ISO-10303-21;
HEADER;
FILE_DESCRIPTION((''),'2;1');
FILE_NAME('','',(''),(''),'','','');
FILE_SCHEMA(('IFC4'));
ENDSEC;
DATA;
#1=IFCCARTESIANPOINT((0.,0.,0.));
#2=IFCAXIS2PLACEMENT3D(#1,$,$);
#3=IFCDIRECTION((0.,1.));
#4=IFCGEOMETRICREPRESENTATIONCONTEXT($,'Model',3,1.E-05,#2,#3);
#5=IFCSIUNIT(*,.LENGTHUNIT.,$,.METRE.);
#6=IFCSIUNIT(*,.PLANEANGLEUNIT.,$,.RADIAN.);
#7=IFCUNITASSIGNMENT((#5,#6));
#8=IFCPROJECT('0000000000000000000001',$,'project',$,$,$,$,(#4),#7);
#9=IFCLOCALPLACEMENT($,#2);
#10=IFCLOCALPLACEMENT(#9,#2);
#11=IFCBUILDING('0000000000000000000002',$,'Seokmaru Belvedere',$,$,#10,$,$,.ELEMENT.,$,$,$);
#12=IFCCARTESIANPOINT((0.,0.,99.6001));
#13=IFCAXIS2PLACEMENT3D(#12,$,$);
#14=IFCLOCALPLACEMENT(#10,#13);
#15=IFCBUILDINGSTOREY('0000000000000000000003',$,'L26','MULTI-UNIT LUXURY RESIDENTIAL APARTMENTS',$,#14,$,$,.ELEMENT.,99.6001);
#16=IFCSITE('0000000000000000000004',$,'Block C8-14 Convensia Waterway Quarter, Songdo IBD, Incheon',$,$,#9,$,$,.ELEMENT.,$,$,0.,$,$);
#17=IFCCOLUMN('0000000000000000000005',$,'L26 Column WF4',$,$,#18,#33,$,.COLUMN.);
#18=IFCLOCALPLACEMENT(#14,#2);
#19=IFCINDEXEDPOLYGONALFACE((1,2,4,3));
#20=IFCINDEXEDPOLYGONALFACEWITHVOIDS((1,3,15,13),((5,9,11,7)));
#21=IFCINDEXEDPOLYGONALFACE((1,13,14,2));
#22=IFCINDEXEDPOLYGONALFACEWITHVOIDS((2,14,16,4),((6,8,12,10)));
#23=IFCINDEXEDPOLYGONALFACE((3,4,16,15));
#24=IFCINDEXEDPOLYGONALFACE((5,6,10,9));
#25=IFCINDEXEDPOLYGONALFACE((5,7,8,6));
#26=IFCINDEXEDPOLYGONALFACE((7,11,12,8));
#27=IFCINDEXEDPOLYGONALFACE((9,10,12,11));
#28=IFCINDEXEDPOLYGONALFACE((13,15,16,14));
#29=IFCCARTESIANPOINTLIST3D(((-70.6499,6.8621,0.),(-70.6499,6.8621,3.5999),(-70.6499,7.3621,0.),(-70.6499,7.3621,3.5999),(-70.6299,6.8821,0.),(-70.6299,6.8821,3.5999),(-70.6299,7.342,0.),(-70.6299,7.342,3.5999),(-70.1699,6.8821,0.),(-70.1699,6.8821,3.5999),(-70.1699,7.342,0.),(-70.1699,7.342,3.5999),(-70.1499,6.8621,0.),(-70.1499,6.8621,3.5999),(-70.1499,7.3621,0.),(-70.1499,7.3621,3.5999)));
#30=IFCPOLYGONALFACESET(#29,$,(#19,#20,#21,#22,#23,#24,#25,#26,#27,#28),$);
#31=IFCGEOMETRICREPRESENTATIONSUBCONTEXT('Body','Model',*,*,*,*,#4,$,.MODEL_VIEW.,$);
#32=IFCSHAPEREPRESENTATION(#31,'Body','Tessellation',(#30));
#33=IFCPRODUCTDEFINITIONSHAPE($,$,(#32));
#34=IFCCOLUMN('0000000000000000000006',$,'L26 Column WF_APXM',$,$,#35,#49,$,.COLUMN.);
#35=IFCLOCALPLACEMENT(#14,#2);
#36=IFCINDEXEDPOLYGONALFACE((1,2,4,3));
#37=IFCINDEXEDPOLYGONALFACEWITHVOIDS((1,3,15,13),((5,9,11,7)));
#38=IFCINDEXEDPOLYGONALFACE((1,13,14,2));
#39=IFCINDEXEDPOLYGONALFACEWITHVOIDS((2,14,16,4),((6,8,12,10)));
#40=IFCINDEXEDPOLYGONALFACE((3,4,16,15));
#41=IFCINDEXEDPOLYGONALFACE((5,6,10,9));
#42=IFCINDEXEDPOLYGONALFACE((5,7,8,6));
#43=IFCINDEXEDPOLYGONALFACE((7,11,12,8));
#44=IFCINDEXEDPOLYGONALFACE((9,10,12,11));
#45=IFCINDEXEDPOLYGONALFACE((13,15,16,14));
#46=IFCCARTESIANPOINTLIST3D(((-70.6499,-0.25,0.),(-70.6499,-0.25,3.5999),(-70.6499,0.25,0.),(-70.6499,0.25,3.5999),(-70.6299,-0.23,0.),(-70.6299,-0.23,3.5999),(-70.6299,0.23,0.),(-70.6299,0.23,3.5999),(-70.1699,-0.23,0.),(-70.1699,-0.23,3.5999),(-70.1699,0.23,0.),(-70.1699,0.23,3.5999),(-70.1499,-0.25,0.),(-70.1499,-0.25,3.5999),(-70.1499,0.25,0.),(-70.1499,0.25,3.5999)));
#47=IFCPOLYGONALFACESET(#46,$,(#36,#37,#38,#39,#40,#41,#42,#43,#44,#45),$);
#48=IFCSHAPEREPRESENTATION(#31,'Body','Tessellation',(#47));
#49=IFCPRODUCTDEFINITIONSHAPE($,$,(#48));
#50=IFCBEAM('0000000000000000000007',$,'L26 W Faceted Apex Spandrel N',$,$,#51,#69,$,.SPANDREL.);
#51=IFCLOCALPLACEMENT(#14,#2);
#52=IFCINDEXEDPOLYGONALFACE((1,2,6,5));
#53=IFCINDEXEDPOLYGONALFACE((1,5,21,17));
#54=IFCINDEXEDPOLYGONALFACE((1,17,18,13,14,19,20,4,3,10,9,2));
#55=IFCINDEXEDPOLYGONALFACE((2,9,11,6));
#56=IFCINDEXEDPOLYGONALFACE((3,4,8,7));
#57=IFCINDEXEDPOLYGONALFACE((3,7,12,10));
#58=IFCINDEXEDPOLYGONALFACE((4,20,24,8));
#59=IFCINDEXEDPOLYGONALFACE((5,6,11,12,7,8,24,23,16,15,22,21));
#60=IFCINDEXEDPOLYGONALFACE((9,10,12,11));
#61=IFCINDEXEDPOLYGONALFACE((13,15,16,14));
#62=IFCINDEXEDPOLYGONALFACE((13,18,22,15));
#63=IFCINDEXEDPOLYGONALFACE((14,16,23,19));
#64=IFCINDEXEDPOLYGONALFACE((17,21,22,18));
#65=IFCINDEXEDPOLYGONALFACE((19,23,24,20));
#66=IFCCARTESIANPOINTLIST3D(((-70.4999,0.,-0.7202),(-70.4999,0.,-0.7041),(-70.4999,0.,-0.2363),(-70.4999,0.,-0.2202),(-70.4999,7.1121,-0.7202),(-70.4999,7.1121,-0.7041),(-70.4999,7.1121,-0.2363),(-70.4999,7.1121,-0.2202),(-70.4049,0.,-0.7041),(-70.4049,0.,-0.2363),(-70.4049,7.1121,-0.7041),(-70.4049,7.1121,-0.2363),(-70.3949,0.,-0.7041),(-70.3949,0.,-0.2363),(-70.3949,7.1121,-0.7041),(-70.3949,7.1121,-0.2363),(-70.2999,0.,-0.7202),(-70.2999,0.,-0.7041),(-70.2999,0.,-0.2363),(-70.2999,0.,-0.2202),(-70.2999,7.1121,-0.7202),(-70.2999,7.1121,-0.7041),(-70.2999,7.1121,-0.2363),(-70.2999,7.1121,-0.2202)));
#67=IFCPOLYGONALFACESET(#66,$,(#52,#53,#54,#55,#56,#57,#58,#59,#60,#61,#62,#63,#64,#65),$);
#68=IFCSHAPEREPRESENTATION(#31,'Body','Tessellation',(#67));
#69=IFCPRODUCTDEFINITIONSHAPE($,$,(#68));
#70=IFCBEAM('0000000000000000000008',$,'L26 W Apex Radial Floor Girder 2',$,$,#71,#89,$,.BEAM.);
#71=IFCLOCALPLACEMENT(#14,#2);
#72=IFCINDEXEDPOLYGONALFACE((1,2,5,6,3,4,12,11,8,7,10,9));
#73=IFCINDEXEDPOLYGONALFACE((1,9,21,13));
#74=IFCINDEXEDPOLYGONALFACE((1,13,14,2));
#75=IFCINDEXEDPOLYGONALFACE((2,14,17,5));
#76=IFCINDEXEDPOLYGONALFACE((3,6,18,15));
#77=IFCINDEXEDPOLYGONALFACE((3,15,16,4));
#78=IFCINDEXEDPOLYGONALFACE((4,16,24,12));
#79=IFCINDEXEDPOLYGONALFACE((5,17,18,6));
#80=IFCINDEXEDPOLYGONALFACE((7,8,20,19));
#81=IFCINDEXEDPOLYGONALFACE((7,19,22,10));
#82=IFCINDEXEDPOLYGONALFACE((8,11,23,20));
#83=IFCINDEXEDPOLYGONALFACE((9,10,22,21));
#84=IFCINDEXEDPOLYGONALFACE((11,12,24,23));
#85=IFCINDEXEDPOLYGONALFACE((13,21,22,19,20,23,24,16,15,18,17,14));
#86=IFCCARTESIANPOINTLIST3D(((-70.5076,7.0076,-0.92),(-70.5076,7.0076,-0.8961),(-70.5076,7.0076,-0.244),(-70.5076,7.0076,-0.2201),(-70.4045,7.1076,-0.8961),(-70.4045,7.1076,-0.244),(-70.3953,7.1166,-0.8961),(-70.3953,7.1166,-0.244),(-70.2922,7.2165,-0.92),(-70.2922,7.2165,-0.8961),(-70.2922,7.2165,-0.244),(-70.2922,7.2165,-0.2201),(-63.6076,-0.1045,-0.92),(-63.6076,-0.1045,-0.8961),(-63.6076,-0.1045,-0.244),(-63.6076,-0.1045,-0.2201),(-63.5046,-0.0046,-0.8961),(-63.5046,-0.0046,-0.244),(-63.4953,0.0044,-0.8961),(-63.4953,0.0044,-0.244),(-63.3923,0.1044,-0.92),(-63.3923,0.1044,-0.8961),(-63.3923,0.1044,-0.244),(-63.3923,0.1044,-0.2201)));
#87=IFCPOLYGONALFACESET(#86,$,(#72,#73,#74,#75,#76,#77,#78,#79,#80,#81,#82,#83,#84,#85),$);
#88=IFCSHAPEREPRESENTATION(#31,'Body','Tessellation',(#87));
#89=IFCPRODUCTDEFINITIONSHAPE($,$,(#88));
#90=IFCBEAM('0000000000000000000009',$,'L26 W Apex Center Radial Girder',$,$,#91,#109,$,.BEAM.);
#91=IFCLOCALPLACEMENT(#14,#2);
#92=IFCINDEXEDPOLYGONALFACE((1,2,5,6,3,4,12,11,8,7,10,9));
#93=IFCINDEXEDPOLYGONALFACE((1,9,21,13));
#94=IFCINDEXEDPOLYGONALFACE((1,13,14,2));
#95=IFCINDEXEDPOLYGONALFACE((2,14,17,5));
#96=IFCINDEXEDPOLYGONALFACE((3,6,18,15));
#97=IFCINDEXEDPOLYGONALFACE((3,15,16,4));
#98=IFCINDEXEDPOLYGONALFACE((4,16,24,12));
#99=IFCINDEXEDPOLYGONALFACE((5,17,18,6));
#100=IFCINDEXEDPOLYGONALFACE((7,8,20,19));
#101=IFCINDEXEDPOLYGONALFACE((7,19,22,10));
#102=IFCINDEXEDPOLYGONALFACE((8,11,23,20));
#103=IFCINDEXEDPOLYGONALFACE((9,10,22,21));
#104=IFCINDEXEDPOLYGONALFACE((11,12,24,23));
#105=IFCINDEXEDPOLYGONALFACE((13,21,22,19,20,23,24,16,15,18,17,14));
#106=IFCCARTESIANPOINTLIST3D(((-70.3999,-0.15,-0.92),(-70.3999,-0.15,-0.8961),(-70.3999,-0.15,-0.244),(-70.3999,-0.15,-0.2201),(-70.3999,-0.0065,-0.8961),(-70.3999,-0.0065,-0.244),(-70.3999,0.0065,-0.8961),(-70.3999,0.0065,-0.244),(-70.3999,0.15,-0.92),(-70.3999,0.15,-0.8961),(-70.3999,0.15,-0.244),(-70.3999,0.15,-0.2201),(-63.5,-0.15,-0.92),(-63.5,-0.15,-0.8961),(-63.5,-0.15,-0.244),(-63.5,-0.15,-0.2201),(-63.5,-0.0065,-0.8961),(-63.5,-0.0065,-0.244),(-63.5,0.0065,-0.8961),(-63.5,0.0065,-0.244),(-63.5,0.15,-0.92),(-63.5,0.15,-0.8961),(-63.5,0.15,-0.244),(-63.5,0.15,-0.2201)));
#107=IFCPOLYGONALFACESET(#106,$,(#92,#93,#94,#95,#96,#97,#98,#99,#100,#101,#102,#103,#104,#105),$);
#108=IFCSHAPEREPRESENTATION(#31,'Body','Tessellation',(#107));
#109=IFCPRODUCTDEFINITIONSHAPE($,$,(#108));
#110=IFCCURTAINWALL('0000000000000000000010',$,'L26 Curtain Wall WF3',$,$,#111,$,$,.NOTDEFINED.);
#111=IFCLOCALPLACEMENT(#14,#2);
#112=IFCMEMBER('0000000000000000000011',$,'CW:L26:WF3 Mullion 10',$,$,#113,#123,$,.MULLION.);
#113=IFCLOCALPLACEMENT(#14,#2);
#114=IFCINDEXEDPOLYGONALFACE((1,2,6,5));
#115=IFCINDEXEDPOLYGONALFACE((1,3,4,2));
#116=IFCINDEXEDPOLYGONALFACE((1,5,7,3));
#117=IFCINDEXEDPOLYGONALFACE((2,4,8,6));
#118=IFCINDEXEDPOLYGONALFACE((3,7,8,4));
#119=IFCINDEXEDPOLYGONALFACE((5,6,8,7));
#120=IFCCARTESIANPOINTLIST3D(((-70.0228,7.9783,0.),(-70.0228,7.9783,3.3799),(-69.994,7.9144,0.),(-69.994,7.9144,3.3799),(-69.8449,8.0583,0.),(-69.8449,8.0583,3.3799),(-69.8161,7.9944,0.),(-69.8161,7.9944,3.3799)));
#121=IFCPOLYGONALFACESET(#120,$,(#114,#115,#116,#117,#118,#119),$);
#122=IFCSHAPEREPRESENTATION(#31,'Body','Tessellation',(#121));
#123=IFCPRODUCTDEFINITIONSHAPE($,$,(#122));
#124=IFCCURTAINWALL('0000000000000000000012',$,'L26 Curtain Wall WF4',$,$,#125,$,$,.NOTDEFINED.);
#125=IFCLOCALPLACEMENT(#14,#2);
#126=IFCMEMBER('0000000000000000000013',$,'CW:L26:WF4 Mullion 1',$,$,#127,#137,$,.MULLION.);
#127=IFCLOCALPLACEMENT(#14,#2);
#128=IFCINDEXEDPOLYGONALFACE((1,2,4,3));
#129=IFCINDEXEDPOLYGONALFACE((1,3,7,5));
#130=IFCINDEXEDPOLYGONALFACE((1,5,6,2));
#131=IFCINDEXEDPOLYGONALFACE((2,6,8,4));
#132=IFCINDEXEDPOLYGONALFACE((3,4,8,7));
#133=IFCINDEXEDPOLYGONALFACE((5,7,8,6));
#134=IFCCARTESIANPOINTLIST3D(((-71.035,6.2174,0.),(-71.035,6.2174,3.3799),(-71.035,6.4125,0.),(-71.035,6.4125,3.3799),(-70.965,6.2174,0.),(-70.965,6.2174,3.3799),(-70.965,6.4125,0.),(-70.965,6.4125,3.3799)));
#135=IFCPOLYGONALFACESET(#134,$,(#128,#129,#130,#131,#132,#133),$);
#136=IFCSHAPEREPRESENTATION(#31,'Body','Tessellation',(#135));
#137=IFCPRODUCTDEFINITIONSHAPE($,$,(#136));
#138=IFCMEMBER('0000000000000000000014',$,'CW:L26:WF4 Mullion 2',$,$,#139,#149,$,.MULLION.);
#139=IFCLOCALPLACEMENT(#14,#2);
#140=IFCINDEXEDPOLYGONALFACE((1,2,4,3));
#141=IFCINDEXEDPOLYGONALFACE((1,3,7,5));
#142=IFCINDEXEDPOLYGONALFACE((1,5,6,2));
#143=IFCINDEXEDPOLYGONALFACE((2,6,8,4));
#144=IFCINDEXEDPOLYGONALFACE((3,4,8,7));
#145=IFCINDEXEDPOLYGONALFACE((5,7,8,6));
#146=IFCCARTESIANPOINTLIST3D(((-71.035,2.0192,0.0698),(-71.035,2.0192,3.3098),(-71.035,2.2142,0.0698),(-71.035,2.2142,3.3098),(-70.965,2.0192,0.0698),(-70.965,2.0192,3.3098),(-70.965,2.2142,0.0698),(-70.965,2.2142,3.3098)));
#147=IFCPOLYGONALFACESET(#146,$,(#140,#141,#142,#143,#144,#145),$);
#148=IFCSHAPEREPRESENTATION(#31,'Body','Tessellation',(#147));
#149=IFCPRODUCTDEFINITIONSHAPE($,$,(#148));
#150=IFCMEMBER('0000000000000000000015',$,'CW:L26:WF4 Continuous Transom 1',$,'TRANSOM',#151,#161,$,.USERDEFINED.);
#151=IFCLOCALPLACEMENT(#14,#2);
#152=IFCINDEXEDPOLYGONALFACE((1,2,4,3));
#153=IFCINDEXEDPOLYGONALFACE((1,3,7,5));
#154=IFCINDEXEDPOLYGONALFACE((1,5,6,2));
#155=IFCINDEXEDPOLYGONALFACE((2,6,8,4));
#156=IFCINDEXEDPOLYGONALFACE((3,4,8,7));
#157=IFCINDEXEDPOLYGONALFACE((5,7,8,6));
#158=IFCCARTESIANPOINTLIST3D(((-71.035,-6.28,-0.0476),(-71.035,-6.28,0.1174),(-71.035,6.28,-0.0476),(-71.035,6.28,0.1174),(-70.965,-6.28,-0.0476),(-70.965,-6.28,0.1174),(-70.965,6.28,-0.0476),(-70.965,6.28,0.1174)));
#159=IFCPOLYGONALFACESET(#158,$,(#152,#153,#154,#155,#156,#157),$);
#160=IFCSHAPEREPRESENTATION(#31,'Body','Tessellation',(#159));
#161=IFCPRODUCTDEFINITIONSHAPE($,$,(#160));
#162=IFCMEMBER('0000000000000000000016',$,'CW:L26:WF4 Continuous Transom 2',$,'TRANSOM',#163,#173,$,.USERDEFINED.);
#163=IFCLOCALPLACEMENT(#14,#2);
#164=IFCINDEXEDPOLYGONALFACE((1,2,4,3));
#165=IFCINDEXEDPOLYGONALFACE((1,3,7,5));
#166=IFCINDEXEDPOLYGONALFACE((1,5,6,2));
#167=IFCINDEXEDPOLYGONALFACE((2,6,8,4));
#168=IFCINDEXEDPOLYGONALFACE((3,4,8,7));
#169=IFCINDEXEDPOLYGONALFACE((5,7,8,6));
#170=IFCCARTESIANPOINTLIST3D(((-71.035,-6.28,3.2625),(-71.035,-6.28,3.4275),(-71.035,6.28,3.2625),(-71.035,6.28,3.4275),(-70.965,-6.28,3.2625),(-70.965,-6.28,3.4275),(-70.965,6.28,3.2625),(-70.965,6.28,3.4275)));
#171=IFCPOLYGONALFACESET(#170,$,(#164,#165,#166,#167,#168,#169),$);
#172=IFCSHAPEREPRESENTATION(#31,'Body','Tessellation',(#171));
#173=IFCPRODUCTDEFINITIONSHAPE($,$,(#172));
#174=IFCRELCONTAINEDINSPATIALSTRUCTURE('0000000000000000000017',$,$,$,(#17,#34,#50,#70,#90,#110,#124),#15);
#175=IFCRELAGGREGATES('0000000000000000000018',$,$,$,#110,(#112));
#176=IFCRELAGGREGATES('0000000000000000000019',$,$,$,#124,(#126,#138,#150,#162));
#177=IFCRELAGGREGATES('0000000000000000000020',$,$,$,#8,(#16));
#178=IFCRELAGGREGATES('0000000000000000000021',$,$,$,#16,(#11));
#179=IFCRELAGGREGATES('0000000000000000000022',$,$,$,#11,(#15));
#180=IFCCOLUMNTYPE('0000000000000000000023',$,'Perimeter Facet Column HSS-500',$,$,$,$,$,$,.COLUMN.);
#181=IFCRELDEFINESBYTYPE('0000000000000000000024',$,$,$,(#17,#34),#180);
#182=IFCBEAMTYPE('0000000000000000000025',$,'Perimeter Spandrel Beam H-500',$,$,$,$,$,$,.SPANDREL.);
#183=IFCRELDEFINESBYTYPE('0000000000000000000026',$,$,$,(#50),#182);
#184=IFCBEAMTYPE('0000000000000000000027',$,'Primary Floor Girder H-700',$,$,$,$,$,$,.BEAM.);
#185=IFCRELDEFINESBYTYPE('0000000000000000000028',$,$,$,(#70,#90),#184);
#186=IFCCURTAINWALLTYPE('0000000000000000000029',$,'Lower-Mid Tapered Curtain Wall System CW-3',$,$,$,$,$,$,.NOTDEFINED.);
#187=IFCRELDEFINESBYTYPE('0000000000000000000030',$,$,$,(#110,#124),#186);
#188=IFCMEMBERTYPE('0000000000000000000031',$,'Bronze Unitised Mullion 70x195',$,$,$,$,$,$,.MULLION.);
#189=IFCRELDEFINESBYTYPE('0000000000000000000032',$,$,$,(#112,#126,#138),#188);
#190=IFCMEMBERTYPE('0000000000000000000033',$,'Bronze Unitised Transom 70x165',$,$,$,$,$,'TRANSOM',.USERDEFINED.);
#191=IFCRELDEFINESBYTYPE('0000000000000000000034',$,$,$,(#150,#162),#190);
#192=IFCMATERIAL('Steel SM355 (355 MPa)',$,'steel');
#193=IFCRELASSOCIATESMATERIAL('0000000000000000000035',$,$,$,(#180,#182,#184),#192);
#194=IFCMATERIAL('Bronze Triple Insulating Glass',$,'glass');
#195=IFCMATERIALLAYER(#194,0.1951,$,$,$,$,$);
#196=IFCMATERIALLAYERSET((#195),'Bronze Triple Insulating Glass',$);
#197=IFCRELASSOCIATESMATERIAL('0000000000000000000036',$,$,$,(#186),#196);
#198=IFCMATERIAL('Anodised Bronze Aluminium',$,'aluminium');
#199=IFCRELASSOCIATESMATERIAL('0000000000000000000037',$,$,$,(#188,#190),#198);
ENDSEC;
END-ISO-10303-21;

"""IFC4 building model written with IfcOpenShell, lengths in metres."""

from ifc_helpers import new_model, si_unit, direction, frame, origin, origin_2d, place, context, subcontext, project, spatial, rectangle, hollow_rectangle, i_section, extrude, source, transform, mapped, material, layer, layer_set, material_profile, profile_set, type_object, type_shapes, element, aggregate, save


model = new_model("IFC4")

# Units and contexts
model_context = context("Model", 3, precision=1e-05, world=origin(), true_north=direction((0.0, 1.0)))
body_context = subcontext(model_context, "Body", "Model", "MODEL_VIEW")
ifc_project = project(units=[si_unit("LENGTHUNIT", "METRE"), si_unit("PLANEANGLEUNIT", "RADIAN")], contexts=[model_context])

# Site, building, storey
site_placement = place(None, origin())
site = spatial("IfcSite", under=ifc_project, at=site_placement, Name="Block C8-14 Convensia Waterway Quarter, Songdo IBD, Incheon", CompositionType="ELEMENT", RefElevation=0.0)
building_placement = place(site_placement, origin())
building = spatial("IfcBuilding", under=site, at=building_placement, Name="Seokmaru Belvedere", CompositionType="ELEMENT")
storey_placement = place(building_placement, frame((0.0, 0.0, 99.6001)))
storey = spatial("IfcBuildingStorey", under=building, at=storey_placement, Name="L26", Description="MULTI-UNIT LUXURY RESIDENTIAL APARTMENTS", CompositionType="ELEMENT", Elevation=99.6001)

# Columns
ifc_material_1 = material(Name="Steel SM355 (355 MPa)", Category="steel")
ifc_material_profile_1 = material_profile(ifc_material_1, hollow_rectangle(XDim=0.5, YDim=0.5, WallThickness=0.02, at=origin_2d()), Name="HSS-500x500x20")
ifc_profile_set_1 = profile_set([ifc_material_profile_1], Name="Steel SM355 (355 MPa)")
column_type = type_object("IfcColumnType", Name="Perimeter Facet Column HSS-500", PredefinedType="COLUMN", material=ifc_profile_set_1)
shared_shape_1 = source(origin(), body_context, "Body", "SweptSolid", [
    extrude(hollow_rectangle(XDim=0.5, YDim=0.5, WallThickness=0.02, at=origin_2d()), origin(), (0.0, 0.0, 1.0), 3.5999),
])
type_shapes(column_type, [shared_shape_1])
for number, where, z_axis, x_axis, name in (
    (1, (-70.3999, 7.1121, 0.0), (0.0, 0.0, 1.0), (1.0, 0.0, 0.0), "L26 Column WF4"),
    (2, (-70.3999, 0.0, 0.0), (0.0, 0.0, 1.0), (1.0, 0.0, 0.0), "L26 Column WF_APXM"),
):
    element("IfcColumn", number, at=place(storey_placement, frame(where, z_axis=z_axis, x_axis=x_axis)), inside=storey, type_object=column_type, Name=name, PredefinedType="COLUMN", context=body_context, shape_type="MappedRepresentation", body=[
        mapped(shared_shape_1, transform((0.0, 0.0, 0.0), scale=1.0)),
    ])

# Beams
ifc_material_profile_2 = material_profile(ifc_material_1, i_section(OverallWidth=0.2, OverallDepth=0.5, WebThickness=0.01, FlangeThickness=0.0161, at=origin_2d()), Name="H-500x200x10x16")
ifc_profile_set_2 = profile_set([ifc_material_profile_2], Name="Steel SM355 (355 MPa)")
beam_type_1 = type_object("IfcBeamType", Name="Perimeter Spandrel Beam H-500", PredefinedType="SPANDREL", material=ifc_profile_set_2)
shared_shape_2 = source(origin(), body_context, "Body", "SweptSolid", [
    extrude(i_section(OverallWidth=0.2, OverallDepth=0.5, WebThickness=0.01, FlangeThickness=0.0161, at=origin_2d()), origin(), (0.0, 0.0, 1.0), 7.1121),
])
type_shapes(beam_type_1, [shared_shape_2])
beam_1_placement = place(storey_placement, frame((-70.3999, 0.0, -0.4702), z_axis=(0.0, 1.0, 0.0), x_axis=(-1.0, 0.0, 0.0)))
element("IfcBeam", 3, at=beam_1_placement, inside=storey, type_object=beam_type_1, Name="L26 W Faceted Apex Spandrel N", PredefinedType="SPANDREL", context=body_context, shape_type="MappedRepresentation", body=[
    mapped(shared_shape_2, transform((0.0, 0.0, 0.0), scale=1.0)),
])
ifc_material_profile_3 = material_profile(ifc_material_1, i_section(OverallWidth=0.3, OverallDepth=0.7, WebThickness=0.0129, FlangeThickness=0.0239, at=origin_2d()), Name="H-700x300x13x24")
ifc_profile_set_3 = profile_set([ifc_material_profile_3], Name="Steel SM355 (355 MPa)")
beam_type_2 = type_object("IfcBeamType", Name="Primary Floor Girder H-700", PredefinedType="BEAM", material=ifc_profile_set_3)
shared_shape_3 = source(origin(), body_context, "Body", "SweptSolid", [
    extrude(i_section(OverallWidth=0.3, OverallDepth=0.7, WebThickness=0.0129, FlangeThickness=0.0239, at=origin_2d()), origin(), (0.0, 0.0, 1.0), 9.9092),
])
beam_2_placement = place(storey_placement, frame((-70.3999, 7.1121, -0.5701), z_axis=(0.696321, -0.717731, 0.0), x_axis=(0.717731, 0.696321, 0.0)))
element("IfcBeam", 4, at=beam_2_placement, inside=storey, type_object=beam_type_2, Name="L26 W Apex Radial Floor Girder 2", PredefinedType="BEAM", context=body_context, shape_type="MappedRepresentation", body=[
    mapped(shared_shape_3, transform((0.0, 0.0, 0.0), scale=1.0)),
])
shared_shape_4 = source(origin(), body_context, "Body", "SweptSolid", [
    extrude(i_section(OverallWidth=0.3, OverallDepth=0.7, WebThickness=0.0129, FlangeThickness=0.0239, at=origin_2d()), origin(), (0.0, 0.0, 1.0), 6.8999),
])
type_shapes(beam_type_2, [shared_shape_3, shared_shape_4])
beam_3_placement = place(storey_placement, frame((-70.3999, 0.0, -0.5701), z_axis=(1.0, 0.0, 0.0), x_axis=(0.0, 1.0, 0.0)))
element("IfcBeam", 5, at=beam_3_placement, inside=storey, type_object=beam_type_2, Name="L26 W Apex Center Radial Girder", PredefinedType="BEAM", context=body_context, shape_type="MappedRepresentation", body=[
    mapped(shared_shape_4, transform((0.0, 0.0, 0.0), scale=1.0)),
])

# Curtain wall, member
ifc_material_2 = material(Name="Bronze Triple Insulating Glass", Category="glass")
ifc_layer_1 = layer(ifc_material_2, 0.1951)
ifc_layer_set_1 = layer_set([ifc_layer_1], Name="Bronze Triple Insulating Glass")
curtain_wall_type = type_object("IfcCurtainWallType", Name="Lower-Mid Tapered Curtain Wall System CW-3", PredefinedType="NOTDEFINED", material=ifc_layer_set_1)
curtain_wall_1_placement = place(storey_placement, origin())
curtain_wall_1 = element("IfcCurtainWall", 6, at=curtain_wall_1_placement, inside=storey, type_object=curtain_wall_type, Name="L26 Curtain Wall WF3", PredefinedType="NOTDEFINED")
ifc_material_3 = material(Name="Anodised Bronze Aluminium", Category="aluminium")
ifc_material_profile_4 = material_profile(ifc_material_3, rectangle(XDim=0.0701, YDim=0.1951, at=origin_2d()), Name="CW-M-70x195")
ifc_profile_set_4 = profile_set([ifc_material_profile_4], Name="Anodised Bronze Aluminium")
member_type_1 = type_object("IfcMemberType", Name="Bronze Unitised Mullion 70x195", PredefinedType="MULLION", material=ifc_profile_set_4)
shared_shape_5 = source(origin(), body_context, "Body", "SweptSolid", [
    extrude(rectangle(XDim=0.0701, YDim=0.1951, at=origin_2d()), origin(), (0.0, 0.0, 1.0), 3.3799),
])
member_1_placement = place(storey_placement, frame((-69.9194, 7.9863, 0.0), z_axis=(0.0, 0.0, 1.0), x_axis=(0.410366, -0.911921, 0.0)))
member_1 = element("IfcMember", 7, at=member_1_placement, type_object=member_type_1, Name="CW:L26:WF3 Mullion 10", PredefinedType="MULLION", context=body_context, shape_type="MappedRepresentation", body=[
    mapped(shared_shape_5, transform((0.0, 0.0, 0.0), scale=1.0)),
])
aggregate(curtain_wall_1, [member_1])

# Curtain wall, members
curtain_wall_2_placement = place(storey_placement, origin())
curtain_wall_2 = element("IfcCurtainWall", 8, at=curtain_wall_2_placement, inside=storey, type_object=curtain_wall_type, Name="L26 Curtain Wall WF4", PredefinedType="NOTDEFINED")
member_2_placement = place(storey_placement, frame((-71.0, 6.3149, 0.0), z_axis=(0.0, 0.0, 1.0), x_axis=(1.0, 0.0, 0.0)))
member_2 = element("IfcMember", 9, at=member_2_placement, type_object=member_type_1, Name="CW:L26:WF4 Mullion 1", PredefinedType="MULLION", context=body_context, shape_type="MappedRepresentation", body=[
    mapped(shared_shape_5, transform((0.0, 0.0, 0.0), scale=1.0)),
])
shared_shape_6 = source(origin(), body_context, "Body", "SweptSolid", [
    extrude(rectangle(XDim=0.0701, YDim=0.1951, at=origin_2d()), origin(), (0.0, 0.0, 1.0), 3.24),
])
type_shapes(member_type_1, [shared_shape_5, shared_shape_6])
member_3_placement = place(storey_placement, frame((-71.0, 2.1167, 0.0698), z_axis=(0.0, 0.0, 1.0), x_axis=(1.0, 0.0, 0.0)))
member_3 = element("IfcMember", 10, at=member_3_placement, type_object=member_type_1, Name="CW:L26:WF4 Mullion 2", PredefinedType="MULLION", context=body_context, shape_type="MappedRepresentation", body=[
    mapped(shared_shape_6, transform((0.0, 0.0, 0.0), scale=1.0)),
])
ifc_material_profile_5 = material_profile(ifc_material_3, rectangle(XDim=0.0701, YDim=0.165, at=origin_2d()), Name="CW-T-70x165")
ifc_profile_set_5 = profile_set([ifc_material_profile_5], Name="Anodised Bronze Aluminium")
member_type_2 = type_object("IfcMemberType", Name="Bronze Unitised Transom 70x165", ElementType="TRANSOM", PredefinedType="USERDEFINED", material=ifc_profile_set_5)
shared_shape_7 = source(origin(), body_context, "Body", "SweptSolid", [
    extrude(rectangle(XDim=0.0701, YDim=0.165, at=origin_2d()), origin(), (0.0, 0.0, 1.0), 12.5601),
])
type_shapes(member_type_2, [shared_shape_7])
member_4_placement = place(storey_placement, frame((-71.0, 6.28, 0.0349), z_axis=(0.0, -1.0, 0.0), x_axis=(1.0, 0.0, 0.0)))
member_4 = element("IfcMember", 11, at=member_4_placement, type_object=member_type_2, Name="CW:L26:WF4 Continuous Transom 1", ObjectType="TRANSOM", PredefinedType="USERDEFINED", context=body_context, shape_type="MappedRepresentation", body=[
    mapped(shared_shape_7, transform((0.0, 0.0, 0.0), scale=1.0)),
])
member_5_placement = place(storey_placement, frame((-71.0, 6.28, 3.345), z_axis=(0.0, -1.0, 0.0), x_axis=(1.0, 0.0, 0.0)))
member_5 = element("IfcMember", 12, at=member_5_placement, type_object=member_type_2, Name="CW:L26:WF4 Continuous Transom 2", ObjectType="TRANSOM", PredefinedType="USERDEFINED", context=body_context, shape_type="MappedRepresentation", body=[
    mapped(shared_shape_7, transform((0.0, 0.0, 0.0), scale=1.0)),
])
aggregate(curtain_wall_2, [member_2, member_3, member_4, member_5])

save(model, "model.ifc")
